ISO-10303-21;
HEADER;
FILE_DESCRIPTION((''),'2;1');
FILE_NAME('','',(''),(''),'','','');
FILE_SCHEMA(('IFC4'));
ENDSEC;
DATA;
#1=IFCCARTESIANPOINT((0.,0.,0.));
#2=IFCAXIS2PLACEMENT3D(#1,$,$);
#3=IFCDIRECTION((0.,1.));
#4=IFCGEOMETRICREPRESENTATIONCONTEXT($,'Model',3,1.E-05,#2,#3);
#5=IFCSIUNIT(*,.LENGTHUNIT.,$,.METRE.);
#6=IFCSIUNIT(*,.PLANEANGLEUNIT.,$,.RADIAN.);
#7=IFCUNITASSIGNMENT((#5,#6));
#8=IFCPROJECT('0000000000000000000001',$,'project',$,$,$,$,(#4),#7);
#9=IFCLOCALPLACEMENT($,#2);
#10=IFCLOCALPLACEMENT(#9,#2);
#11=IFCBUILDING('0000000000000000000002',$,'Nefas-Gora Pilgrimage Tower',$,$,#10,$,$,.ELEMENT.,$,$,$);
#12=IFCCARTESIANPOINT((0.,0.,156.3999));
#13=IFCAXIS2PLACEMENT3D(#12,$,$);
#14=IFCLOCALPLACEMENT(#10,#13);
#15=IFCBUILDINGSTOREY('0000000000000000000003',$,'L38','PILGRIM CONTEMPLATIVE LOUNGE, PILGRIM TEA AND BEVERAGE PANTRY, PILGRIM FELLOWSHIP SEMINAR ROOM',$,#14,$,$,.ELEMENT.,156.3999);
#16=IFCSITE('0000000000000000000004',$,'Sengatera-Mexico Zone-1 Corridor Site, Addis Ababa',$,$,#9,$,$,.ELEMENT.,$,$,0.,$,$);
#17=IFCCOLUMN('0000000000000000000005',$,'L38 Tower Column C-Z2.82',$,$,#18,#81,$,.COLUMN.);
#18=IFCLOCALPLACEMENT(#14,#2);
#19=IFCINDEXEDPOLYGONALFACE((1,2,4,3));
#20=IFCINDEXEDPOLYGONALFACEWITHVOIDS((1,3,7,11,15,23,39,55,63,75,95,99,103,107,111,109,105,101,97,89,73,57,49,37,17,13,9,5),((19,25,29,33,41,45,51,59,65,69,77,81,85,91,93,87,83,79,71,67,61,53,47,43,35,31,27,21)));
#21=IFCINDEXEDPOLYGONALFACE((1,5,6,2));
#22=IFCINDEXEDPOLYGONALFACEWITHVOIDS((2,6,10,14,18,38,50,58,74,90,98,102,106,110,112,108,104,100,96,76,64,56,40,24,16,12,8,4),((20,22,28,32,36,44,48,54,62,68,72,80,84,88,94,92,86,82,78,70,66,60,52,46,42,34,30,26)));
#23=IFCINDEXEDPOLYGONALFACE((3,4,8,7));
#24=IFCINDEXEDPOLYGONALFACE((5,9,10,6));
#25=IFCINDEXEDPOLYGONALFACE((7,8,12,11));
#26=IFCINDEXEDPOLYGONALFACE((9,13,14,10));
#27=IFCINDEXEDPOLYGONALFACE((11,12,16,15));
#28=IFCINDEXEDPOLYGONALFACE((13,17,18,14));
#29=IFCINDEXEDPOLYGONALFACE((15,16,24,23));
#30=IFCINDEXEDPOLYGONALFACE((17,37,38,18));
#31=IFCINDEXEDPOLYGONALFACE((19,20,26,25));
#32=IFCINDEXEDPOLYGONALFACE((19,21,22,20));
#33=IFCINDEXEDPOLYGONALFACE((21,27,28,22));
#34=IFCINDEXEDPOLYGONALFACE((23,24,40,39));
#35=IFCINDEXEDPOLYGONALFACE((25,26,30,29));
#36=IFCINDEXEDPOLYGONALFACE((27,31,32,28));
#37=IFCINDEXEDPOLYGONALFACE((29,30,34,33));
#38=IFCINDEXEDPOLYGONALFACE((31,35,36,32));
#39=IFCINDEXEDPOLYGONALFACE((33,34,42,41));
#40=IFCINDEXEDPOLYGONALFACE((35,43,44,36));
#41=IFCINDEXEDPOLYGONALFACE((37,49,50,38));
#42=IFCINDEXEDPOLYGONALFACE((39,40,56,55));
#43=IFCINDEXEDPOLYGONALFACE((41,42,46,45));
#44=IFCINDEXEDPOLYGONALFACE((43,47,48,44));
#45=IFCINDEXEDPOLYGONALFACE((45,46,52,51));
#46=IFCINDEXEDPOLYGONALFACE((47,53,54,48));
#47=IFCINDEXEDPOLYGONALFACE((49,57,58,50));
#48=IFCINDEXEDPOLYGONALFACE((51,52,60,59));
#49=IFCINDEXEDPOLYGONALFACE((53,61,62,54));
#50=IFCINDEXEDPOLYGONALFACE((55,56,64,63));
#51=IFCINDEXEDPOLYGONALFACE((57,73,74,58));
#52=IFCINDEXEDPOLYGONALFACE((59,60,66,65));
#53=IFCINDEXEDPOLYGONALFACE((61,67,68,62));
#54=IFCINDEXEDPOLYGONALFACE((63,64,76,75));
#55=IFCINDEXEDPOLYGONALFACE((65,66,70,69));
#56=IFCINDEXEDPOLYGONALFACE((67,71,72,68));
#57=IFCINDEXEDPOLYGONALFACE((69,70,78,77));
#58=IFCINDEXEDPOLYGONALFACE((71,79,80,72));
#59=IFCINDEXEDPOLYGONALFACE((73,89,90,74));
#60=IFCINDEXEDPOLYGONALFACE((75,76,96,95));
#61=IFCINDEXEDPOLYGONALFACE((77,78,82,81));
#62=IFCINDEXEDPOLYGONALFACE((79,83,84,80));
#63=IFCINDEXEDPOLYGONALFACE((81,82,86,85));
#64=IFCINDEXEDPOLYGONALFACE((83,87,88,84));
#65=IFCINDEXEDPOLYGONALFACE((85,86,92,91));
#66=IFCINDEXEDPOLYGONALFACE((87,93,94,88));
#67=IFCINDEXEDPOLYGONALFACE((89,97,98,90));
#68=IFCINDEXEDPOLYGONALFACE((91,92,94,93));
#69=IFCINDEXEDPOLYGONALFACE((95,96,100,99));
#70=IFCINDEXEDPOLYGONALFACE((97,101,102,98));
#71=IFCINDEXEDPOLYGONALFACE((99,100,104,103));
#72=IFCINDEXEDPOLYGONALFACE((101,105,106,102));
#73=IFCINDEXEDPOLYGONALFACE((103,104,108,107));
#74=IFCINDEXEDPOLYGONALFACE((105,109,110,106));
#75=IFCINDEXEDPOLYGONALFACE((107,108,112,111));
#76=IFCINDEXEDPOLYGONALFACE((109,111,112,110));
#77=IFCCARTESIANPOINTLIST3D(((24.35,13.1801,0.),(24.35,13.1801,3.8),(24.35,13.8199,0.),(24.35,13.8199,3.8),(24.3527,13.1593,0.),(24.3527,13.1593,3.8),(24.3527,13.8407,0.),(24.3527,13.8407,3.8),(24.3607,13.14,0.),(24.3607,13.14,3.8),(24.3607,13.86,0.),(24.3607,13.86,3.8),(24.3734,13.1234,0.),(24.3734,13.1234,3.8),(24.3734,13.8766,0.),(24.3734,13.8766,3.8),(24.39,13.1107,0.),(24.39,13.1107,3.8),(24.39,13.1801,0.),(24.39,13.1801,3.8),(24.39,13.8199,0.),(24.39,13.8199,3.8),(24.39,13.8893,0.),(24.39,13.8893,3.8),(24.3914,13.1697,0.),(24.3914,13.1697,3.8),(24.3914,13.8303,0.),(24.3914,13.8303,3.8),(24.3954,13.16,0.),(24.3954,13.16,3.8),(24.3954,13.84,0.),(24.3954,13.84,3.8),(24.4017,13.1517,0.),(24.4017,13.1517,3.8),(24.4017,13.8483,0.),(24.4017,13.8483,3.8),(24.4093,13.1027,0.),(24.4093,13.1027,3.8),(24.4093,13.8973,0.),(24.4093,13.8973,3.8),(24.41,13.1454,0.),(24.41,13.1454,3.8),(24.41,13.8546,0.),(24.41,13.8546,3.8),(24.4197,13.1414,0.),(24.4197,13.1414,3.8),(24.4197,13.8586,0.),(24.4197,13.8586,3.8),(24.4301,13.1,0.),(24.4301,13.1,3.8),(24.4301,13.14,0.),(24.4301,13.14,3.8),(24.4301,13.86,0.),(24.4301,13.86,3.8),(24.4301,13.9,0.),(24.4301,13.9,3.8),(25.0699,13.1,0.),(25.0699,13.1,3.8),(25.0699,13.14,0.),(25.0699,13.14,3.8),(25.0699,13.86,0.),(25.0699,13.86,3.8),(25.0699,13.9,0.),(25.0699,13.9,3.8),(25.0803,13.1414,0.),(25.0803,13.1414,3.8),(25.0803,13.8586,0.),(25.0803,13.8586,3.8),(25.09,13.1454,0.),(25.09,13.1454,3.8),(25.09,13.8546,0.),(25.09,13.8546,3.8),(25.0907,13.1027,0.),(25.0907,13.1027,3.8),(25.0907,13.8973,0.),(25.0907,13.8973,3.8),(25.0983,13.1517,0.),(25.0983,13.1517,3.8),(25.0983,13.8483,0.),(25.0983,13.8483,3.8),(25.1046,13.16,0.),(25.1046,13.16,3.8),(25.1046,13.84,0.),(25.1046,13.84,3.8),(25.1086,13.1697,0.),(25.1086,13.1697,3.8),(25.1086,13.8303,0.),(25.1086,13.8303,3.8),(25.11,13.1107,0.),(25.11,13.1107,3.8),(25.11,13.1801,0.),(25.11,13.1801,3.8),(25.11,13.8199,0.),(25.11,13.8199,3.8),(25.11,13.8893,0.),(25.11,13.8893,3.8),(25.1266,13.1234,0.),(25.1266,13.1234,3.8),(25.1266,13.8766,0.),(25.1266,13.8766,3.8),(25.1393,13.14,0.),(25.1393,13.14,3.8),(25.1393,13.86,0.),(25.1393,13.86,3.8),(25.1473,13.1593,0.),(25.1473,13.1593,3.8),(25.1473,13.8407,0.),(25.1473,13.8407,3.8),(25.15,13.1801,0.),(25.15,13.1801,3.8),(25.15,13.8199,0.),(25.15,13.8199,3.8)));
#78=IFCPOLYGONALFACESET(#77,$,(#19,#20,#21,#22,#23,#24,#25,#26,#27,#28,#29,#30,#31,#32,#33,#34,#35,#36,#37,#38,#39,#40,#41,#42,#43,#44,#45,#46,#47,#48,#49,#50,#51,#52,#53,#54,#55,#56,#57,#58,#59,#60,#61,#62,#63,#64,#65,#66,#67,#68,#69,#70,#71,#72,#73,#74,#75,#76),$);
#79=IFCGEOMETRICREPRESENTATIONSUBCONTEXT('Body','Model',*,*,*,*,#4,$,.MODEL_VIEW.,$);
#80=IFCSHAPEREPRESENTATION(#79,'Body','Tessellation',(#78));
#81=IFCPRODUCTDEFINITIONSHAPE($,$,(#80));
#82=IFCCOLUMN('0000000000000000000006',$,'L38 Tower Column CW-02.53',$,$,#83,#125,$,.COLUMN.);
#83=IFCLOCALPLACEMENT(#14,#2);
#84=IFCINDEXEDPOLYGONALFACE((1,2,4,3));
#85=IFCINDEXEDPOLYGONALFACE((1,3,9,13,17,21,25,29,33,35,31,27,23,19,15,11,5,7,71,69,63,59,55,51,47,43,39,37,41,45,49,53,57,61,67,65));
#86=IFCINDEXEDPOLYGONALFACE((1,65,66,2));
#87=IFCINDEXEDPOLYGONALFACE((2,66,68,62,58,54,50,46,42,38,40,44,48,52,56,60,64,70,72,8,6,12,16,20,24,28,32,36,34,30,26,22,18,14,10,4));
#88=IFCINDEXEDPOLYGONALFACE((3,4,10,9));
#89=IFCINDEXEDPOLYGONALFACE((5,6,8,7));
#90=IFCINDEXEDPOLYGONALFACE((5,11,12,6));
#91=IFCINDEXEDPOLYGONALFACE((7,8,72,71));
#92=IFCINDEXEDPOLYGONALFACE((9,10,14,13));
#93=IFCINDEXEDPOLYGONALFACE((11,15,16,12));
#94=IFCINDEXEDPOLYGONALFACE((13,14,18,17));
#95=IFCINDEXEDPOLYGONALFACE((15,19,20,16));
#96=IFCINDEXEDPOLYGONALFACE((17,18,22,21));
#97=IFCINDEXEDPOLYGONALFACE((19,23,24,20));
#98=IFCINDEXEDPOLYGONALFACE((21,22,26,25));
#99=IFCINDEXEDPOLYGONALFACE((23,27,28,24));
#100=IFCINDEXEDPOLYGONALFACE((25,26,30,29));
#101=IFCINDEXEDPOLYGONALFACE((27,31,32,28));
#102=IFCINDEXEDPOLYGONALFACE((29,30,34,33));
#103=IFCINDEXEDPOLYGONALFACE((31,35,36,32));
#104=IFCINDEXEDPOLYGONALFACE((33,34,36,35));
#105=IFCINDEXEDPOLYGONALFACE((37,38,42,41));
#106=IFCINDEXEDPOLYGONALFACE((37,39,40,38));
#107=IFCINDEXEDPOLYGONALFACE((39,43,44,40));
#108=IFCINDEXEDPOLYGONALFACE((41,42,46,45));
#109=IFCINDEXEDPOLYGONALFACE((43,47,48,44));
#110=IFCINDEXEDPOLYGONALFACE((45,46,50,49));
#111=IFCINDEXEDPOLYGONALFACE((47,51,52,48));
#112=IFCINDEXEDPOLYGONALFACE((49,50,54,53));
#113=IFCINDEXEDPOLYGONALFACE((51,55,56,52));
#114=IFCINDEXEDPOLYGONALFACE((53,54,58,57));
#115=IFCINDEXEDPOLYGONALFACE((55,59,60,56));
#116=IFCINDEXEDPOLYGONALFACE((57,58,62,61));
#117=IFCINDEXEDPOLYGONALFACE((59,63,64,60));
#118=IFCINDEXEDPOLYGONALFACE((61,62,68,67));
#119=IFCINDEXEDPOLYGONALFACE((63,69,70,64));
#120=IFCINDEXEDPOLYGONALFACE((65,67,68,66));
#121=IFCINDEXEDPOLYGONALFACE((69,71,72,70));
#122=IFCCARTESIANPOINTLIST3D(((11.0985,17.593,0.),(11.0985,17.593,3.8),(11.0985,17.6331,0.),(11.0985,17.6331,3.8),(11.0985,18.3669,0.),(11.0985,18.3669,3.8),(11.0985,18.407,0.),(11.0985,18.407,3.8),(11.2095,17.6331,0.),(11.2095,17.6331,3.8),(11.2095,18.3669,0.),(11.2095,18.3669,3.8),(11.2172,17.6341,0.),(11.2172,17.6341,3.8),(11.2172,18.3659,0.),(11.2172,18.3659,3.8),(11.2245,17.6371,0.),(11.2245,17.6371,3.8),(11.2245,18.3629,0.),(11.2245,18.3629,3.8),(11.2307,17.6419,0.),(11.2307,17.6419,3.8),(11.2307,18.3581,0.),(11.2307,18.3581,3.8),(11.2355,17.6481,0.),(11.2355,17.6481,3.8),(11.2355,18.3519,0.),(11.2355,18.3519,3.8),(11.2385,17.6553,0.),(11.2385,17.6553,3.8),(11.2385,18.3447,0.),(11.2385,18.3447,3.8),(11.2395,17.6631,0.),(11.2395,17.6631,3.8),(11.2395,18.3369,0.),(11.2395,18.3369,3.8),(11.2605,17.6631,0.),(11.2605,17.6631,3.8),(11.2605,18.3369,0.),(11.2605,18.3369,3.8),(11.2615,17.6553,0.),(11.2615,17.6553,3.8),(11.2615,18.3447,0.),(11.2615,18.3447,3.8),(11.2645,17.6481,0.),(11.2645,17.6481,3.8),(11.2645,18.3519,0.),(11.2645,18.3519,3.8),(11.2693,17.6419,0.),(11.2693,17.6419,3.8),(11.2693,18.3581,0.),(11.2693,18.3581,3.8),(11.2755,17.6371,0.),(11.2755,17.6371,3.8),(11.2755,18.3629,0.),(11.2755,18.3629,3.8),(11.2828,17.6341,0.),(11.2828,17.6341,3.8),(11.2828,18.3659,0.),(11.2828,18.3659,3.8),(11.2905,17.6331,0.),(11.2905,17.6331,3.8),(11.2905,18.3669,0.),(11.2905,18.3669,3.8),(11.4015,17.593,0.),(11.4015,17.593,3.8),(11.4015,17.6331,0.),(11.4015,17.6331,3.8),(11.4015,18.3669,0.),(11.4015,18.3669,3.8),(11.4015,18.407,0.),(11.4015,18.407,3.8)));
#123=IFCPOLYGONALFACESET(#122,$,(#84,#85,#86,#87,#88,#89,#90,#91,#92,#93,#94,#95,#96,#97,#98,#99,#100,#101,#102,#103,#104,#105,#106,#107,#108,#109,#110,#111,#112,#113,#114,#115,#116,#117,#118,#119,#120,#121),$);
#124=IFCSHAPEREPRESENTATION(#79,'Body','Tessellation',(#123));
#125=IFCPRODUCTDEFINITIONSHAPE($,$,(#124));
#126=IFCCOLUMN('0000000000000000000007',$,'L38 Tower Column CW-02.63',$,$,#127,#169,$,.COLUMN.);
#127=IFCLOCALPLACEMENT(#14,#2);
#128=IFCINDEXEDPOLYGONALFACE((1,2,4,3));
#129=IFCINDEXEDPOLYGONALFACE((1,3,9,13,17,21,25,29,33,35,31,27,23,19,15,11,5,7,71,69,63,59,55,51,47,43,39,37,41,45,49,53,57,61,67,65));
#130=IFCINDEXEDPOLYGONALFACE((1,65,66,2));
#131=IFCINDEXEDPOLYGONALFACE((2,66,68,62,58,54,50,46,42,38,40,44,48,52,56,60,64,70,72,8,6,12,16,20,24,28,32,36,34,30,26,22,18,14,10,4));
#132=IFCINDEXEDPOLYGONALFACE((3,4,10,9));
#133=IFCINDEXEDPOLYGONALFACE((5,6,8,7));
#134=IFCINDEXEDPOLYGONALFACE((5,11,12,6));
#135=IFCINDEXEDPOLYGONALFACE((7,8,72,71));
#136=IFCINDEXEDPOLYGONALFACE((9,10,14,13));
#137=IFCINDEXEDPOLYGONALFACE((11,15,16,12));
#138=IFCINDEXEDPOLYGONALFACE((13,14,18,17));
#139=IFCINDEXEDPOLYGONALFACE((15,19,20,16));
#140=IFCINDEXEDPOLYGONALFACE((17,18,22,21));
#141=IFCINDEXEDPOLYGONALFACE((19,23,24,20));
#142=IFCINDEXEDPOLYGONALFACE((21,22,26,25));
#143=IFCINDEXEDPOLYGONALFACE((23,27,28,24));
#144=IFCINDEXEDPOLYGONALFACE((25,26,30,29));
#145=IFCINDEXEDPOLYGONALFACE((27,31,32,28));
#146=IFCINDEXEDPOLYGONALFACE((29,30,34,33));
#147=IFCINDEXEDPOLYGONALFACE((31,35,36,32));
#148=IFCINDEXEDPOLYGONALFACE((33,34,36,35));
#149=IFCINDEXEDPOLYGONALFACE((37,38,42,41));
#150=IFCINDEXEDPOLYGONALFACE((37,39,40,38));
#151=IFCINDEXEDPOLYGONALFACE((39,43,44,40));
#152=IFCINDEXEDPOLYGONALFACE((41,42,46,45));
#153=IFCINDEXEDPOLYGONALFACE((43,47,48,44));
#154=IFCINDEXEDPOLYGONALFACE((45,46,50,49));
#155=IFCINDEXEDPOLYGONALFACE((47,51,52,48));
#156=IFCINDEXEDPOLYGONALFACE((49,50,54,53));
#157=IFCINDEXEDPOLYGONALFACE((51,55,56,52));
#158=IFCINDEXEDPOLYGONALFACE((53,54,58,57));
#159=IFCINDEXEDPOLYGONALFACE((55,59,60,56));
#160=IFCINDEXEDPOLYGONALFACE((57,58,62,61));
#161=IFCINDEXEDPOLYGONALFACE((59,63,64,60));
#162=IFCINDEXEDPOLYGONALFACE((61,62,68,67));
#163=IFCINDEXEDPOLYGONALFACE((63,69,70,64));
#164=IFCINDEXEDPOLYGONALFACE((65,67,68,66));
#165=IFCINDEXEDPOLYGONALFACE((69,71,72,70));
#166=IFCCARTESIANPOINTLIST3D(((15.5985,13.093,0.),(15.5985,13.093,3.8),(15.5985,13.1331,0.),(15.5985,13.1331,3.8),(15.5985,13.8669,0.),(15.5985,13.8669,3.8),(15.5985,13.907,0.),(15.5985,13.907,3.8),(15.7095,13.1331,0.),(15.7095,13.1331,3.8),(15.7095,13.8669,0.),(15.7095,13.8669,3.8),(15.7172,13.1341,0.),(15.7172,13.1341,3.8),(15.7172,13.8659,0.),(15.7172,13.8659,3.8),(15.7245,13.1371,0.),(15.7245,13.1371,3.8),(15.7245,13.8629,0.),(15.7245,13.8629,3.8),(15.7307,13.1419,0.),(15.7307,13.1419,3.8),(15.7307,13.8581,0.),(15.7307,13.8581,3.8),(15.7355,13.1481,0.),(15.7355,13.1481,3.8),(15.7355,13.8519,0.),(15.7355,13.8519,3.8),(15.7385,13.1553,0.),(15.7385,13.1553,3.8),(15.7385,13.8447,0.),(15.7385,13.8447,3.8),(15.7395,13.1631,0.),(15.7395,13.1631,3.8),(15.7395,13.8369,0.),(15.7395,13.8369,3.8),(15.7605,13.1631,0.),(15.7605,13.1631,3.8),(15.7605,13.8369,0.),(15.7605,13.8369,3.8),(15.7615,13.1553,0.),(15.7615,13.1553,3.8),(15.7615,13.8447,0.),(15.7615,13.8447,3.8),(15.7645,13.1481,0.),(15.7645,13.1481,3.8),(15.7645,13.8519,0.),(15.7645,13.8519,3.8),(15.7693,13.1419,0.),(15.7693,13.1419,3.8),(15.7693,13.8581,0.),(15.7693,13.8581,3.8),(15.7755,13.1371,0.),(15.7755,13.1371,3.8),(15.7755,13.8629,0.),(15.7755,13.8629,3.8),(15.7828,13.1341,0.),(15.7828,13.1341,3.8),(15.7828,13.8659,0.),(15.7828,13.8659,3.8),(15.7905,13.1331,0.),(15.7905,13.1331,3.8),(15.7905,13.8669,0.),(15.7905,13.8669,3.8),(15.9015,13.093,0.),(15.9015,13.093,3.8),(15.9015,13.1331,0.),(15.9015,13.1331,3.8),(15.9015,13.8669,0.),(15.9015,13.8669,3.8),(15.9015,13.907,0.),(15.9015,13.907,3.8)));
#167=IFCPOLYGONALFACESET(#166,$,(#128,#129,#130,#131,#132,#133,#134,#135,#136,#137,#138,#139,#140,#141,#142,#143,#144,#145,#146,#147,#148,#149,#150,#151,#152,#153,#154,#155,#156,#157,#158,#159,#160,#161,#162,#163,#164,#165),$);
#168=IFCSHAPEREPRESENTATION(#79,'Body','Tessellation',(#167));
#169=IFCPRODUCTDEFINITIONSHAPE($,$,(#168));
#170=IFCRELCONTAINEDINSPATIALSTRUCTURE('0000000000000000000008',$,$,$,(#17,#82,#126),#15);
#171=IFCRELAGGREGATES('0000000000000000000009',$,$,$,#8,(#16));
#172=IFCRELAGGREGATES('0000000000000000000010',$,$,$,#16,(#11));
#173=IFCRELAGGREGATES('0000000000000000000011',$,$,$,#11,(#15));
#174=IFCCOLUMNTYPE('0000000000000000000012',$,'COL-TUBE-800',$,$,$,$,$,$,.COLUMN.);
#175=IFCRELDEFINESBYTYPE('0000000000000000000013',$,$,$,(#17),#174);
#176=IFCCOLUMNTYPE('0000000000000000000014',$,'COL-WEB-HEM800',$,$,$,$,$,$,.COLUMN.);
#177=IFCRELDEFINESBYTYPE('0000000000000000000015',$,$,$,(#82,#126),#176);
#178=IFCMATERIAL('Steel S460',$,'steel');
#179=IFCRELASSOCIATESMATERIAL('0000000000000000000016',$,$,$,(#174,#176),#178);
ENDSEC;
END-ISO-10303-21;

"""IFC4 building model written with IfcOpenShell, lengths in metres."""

from ifc_helpers import new_model, si_unit, direction, frame, origin, origin_2d, place, context, subcontext, project, spatial, hollow_rectangle, i_section, extrude, source, transform, mapped, material, material_profile, profile_set, type_object, element, save


model = new_model("IFC4")

# Units and contexts
model_context = context("Model", 3, precision=1e-05, world=origin(), true_north=direction((0.0, 1.0)))
body_context = subcontext(model_context, "Body", "Model", "MODEL_VIEW")
ifc_project = project(units=[si_unit("LENGTHUNIT", "METRE"), si_unit("PLANEANGLEUNIT", "RADIAN")], contexts=[model_context])

# Site, building, storey
site_placement = place(None, origin())
site = spatial("IfcSite", under=ifc_project, at=site_placement, Name="Sengatera-Mexico Zone-1 Corridor Site, Addis Ababa", CompositionType="ELEMENT", RefElevation=0.0)
building_placement = place(site_placement, origin())
building = spatial("IfcBuilding", under=site, at=building_placement, Name="Nefas-Gora Pilgrimage Tower", CompositionType="ELEMENT")
storey_placement = place(building_placement, frame((0.0, 0.0, 156.3999)))
storey = spatial("IfcBuildingStorey", under=building, at=storey_placement, Name="L38", Description="PILGRIM CONTEMPLATIVE LOUNGE, PILGRIM TEA AND BEVERAGE PANTRY, PILGRIM FELLOWSHIP SEMINAR ROOM", CompositionType="ELEMENT", Elevation=156.3999)

# Columns
ifc_material_1 = material(Name="Steel S460", Category="steel")
ifc_material_profile_1 = material_profile(ifc_material_1, hollow_rectangle(XDim=0.8, YDim=0.8, WallThickness=0.04, InnerFilletRadius=0.04, OuterFilletRadius=0.0801, at=origin_2d()), Name="BOX 800x800x40")
ifc_profile_set_1 = profile_set([ifc_material_profile_1], Name="Steel S460")
column_type_1 = type_object("IfcColumnType", Name="COL-TUBE-800", PredefinedType="COLUMN", material=ifc_profile_set_1)
shared_shape_1 = source(origin(), body_context, "Body", "SweptSolid", [
    extrude(hollow_rectangle(XDim=0.8, YDim=0.8, WallThickness=0.04, InnerFilletRadius=0.04, OuterFilletRadius=0.0801, at=origin_2d()), origin(), (0.0, 0.0, 1.0), 3.8),
])
for number, where, z_axis, x_axis, name in (
    (1, (24.75, 13.5, 0.0), (0.0, 0.0, 1.0), (1.0, 0.0, 0.0), "L38 Tower Column C-Z2.82"),
):
    element("IfcColumn", number, at=place(storey_placement, frame(where, z_axis=z_axis, x_axis=x_axis)), inside=storey, type_object=column_type_1, Name=name, PredefinedType="COLUMN", context=body_context, shape_type="MappedRepresentation", body=[
        mapped(shared_shape_1, transform((0.0, 0.0, 0.0), x_axis=(1.0, 0.0, 0.0), y_axis=(0.0, 1.0, 0.0), z_axis=(0.0, 0.0, 1.0), scale=1.0)),
    ])
ifc_material_profile_2 = material_profile(ifc_material_1, i_section(OverallWidth=0.303, OverallDepth=0.814, WebThickness=0.021, FlangeThickness=0.04, FilletRadius=0.03, at=origin_2d()), Name="HEM 800")
ifc_profile_set_2 = profile_set([ifc_material_profile_2], Name="Steel S460")
column_type_2 = type_object("IfcColumnType", Name="COL-WEB-HEM800", PredefinedType="COLUMN", material=ifc_profile_set_2)
shared_shape_2 = source(origin(), body_context, "Body", "SweptSolid", [
    extrude(i_section(OverallWidth=0.303, OverallDepth=0.814, WebThickness=0.021, FlangeThickness=0.04, FilletRadius=0.03, at=origin_2d()), origin(), (0.0, 0.0, 1.0), 3.8),
])
for number, where, z_axis, x_axis, name in (
    (2, (11.25, 18.0, 0.0), (0.0, 0.0, 1.0), (1.0, 0.0, 0.0), "L38 Tower Column CW-02.53"),
    (3, (15.75, 13.5, 0.0), (0.0, 0.0, 1.0), (1.0, 0.0, 0.0), "L38 Tower Column CW-02.63"),
):
    element("IfcColumn", number, at=place(storey_placement, frame(where, z_axis=z_axis, x_axis=x_axis)), inside=storey, type_object=column_type_2, Name=name, PredefinedType="COLUMN", context=body_context, shape_type="MappedRepresentation", body=[
        mapped(shared_shape_2, transform((0.0, 0.0, 0.0), x_axis=(1.0, 0.0, 0.0), y_axis=(0.0, 1.0, 0.0), z_axis=(0.0, 0.0, 1.0), scale=1.0)),
    ])

save(model, "model.ifc")
